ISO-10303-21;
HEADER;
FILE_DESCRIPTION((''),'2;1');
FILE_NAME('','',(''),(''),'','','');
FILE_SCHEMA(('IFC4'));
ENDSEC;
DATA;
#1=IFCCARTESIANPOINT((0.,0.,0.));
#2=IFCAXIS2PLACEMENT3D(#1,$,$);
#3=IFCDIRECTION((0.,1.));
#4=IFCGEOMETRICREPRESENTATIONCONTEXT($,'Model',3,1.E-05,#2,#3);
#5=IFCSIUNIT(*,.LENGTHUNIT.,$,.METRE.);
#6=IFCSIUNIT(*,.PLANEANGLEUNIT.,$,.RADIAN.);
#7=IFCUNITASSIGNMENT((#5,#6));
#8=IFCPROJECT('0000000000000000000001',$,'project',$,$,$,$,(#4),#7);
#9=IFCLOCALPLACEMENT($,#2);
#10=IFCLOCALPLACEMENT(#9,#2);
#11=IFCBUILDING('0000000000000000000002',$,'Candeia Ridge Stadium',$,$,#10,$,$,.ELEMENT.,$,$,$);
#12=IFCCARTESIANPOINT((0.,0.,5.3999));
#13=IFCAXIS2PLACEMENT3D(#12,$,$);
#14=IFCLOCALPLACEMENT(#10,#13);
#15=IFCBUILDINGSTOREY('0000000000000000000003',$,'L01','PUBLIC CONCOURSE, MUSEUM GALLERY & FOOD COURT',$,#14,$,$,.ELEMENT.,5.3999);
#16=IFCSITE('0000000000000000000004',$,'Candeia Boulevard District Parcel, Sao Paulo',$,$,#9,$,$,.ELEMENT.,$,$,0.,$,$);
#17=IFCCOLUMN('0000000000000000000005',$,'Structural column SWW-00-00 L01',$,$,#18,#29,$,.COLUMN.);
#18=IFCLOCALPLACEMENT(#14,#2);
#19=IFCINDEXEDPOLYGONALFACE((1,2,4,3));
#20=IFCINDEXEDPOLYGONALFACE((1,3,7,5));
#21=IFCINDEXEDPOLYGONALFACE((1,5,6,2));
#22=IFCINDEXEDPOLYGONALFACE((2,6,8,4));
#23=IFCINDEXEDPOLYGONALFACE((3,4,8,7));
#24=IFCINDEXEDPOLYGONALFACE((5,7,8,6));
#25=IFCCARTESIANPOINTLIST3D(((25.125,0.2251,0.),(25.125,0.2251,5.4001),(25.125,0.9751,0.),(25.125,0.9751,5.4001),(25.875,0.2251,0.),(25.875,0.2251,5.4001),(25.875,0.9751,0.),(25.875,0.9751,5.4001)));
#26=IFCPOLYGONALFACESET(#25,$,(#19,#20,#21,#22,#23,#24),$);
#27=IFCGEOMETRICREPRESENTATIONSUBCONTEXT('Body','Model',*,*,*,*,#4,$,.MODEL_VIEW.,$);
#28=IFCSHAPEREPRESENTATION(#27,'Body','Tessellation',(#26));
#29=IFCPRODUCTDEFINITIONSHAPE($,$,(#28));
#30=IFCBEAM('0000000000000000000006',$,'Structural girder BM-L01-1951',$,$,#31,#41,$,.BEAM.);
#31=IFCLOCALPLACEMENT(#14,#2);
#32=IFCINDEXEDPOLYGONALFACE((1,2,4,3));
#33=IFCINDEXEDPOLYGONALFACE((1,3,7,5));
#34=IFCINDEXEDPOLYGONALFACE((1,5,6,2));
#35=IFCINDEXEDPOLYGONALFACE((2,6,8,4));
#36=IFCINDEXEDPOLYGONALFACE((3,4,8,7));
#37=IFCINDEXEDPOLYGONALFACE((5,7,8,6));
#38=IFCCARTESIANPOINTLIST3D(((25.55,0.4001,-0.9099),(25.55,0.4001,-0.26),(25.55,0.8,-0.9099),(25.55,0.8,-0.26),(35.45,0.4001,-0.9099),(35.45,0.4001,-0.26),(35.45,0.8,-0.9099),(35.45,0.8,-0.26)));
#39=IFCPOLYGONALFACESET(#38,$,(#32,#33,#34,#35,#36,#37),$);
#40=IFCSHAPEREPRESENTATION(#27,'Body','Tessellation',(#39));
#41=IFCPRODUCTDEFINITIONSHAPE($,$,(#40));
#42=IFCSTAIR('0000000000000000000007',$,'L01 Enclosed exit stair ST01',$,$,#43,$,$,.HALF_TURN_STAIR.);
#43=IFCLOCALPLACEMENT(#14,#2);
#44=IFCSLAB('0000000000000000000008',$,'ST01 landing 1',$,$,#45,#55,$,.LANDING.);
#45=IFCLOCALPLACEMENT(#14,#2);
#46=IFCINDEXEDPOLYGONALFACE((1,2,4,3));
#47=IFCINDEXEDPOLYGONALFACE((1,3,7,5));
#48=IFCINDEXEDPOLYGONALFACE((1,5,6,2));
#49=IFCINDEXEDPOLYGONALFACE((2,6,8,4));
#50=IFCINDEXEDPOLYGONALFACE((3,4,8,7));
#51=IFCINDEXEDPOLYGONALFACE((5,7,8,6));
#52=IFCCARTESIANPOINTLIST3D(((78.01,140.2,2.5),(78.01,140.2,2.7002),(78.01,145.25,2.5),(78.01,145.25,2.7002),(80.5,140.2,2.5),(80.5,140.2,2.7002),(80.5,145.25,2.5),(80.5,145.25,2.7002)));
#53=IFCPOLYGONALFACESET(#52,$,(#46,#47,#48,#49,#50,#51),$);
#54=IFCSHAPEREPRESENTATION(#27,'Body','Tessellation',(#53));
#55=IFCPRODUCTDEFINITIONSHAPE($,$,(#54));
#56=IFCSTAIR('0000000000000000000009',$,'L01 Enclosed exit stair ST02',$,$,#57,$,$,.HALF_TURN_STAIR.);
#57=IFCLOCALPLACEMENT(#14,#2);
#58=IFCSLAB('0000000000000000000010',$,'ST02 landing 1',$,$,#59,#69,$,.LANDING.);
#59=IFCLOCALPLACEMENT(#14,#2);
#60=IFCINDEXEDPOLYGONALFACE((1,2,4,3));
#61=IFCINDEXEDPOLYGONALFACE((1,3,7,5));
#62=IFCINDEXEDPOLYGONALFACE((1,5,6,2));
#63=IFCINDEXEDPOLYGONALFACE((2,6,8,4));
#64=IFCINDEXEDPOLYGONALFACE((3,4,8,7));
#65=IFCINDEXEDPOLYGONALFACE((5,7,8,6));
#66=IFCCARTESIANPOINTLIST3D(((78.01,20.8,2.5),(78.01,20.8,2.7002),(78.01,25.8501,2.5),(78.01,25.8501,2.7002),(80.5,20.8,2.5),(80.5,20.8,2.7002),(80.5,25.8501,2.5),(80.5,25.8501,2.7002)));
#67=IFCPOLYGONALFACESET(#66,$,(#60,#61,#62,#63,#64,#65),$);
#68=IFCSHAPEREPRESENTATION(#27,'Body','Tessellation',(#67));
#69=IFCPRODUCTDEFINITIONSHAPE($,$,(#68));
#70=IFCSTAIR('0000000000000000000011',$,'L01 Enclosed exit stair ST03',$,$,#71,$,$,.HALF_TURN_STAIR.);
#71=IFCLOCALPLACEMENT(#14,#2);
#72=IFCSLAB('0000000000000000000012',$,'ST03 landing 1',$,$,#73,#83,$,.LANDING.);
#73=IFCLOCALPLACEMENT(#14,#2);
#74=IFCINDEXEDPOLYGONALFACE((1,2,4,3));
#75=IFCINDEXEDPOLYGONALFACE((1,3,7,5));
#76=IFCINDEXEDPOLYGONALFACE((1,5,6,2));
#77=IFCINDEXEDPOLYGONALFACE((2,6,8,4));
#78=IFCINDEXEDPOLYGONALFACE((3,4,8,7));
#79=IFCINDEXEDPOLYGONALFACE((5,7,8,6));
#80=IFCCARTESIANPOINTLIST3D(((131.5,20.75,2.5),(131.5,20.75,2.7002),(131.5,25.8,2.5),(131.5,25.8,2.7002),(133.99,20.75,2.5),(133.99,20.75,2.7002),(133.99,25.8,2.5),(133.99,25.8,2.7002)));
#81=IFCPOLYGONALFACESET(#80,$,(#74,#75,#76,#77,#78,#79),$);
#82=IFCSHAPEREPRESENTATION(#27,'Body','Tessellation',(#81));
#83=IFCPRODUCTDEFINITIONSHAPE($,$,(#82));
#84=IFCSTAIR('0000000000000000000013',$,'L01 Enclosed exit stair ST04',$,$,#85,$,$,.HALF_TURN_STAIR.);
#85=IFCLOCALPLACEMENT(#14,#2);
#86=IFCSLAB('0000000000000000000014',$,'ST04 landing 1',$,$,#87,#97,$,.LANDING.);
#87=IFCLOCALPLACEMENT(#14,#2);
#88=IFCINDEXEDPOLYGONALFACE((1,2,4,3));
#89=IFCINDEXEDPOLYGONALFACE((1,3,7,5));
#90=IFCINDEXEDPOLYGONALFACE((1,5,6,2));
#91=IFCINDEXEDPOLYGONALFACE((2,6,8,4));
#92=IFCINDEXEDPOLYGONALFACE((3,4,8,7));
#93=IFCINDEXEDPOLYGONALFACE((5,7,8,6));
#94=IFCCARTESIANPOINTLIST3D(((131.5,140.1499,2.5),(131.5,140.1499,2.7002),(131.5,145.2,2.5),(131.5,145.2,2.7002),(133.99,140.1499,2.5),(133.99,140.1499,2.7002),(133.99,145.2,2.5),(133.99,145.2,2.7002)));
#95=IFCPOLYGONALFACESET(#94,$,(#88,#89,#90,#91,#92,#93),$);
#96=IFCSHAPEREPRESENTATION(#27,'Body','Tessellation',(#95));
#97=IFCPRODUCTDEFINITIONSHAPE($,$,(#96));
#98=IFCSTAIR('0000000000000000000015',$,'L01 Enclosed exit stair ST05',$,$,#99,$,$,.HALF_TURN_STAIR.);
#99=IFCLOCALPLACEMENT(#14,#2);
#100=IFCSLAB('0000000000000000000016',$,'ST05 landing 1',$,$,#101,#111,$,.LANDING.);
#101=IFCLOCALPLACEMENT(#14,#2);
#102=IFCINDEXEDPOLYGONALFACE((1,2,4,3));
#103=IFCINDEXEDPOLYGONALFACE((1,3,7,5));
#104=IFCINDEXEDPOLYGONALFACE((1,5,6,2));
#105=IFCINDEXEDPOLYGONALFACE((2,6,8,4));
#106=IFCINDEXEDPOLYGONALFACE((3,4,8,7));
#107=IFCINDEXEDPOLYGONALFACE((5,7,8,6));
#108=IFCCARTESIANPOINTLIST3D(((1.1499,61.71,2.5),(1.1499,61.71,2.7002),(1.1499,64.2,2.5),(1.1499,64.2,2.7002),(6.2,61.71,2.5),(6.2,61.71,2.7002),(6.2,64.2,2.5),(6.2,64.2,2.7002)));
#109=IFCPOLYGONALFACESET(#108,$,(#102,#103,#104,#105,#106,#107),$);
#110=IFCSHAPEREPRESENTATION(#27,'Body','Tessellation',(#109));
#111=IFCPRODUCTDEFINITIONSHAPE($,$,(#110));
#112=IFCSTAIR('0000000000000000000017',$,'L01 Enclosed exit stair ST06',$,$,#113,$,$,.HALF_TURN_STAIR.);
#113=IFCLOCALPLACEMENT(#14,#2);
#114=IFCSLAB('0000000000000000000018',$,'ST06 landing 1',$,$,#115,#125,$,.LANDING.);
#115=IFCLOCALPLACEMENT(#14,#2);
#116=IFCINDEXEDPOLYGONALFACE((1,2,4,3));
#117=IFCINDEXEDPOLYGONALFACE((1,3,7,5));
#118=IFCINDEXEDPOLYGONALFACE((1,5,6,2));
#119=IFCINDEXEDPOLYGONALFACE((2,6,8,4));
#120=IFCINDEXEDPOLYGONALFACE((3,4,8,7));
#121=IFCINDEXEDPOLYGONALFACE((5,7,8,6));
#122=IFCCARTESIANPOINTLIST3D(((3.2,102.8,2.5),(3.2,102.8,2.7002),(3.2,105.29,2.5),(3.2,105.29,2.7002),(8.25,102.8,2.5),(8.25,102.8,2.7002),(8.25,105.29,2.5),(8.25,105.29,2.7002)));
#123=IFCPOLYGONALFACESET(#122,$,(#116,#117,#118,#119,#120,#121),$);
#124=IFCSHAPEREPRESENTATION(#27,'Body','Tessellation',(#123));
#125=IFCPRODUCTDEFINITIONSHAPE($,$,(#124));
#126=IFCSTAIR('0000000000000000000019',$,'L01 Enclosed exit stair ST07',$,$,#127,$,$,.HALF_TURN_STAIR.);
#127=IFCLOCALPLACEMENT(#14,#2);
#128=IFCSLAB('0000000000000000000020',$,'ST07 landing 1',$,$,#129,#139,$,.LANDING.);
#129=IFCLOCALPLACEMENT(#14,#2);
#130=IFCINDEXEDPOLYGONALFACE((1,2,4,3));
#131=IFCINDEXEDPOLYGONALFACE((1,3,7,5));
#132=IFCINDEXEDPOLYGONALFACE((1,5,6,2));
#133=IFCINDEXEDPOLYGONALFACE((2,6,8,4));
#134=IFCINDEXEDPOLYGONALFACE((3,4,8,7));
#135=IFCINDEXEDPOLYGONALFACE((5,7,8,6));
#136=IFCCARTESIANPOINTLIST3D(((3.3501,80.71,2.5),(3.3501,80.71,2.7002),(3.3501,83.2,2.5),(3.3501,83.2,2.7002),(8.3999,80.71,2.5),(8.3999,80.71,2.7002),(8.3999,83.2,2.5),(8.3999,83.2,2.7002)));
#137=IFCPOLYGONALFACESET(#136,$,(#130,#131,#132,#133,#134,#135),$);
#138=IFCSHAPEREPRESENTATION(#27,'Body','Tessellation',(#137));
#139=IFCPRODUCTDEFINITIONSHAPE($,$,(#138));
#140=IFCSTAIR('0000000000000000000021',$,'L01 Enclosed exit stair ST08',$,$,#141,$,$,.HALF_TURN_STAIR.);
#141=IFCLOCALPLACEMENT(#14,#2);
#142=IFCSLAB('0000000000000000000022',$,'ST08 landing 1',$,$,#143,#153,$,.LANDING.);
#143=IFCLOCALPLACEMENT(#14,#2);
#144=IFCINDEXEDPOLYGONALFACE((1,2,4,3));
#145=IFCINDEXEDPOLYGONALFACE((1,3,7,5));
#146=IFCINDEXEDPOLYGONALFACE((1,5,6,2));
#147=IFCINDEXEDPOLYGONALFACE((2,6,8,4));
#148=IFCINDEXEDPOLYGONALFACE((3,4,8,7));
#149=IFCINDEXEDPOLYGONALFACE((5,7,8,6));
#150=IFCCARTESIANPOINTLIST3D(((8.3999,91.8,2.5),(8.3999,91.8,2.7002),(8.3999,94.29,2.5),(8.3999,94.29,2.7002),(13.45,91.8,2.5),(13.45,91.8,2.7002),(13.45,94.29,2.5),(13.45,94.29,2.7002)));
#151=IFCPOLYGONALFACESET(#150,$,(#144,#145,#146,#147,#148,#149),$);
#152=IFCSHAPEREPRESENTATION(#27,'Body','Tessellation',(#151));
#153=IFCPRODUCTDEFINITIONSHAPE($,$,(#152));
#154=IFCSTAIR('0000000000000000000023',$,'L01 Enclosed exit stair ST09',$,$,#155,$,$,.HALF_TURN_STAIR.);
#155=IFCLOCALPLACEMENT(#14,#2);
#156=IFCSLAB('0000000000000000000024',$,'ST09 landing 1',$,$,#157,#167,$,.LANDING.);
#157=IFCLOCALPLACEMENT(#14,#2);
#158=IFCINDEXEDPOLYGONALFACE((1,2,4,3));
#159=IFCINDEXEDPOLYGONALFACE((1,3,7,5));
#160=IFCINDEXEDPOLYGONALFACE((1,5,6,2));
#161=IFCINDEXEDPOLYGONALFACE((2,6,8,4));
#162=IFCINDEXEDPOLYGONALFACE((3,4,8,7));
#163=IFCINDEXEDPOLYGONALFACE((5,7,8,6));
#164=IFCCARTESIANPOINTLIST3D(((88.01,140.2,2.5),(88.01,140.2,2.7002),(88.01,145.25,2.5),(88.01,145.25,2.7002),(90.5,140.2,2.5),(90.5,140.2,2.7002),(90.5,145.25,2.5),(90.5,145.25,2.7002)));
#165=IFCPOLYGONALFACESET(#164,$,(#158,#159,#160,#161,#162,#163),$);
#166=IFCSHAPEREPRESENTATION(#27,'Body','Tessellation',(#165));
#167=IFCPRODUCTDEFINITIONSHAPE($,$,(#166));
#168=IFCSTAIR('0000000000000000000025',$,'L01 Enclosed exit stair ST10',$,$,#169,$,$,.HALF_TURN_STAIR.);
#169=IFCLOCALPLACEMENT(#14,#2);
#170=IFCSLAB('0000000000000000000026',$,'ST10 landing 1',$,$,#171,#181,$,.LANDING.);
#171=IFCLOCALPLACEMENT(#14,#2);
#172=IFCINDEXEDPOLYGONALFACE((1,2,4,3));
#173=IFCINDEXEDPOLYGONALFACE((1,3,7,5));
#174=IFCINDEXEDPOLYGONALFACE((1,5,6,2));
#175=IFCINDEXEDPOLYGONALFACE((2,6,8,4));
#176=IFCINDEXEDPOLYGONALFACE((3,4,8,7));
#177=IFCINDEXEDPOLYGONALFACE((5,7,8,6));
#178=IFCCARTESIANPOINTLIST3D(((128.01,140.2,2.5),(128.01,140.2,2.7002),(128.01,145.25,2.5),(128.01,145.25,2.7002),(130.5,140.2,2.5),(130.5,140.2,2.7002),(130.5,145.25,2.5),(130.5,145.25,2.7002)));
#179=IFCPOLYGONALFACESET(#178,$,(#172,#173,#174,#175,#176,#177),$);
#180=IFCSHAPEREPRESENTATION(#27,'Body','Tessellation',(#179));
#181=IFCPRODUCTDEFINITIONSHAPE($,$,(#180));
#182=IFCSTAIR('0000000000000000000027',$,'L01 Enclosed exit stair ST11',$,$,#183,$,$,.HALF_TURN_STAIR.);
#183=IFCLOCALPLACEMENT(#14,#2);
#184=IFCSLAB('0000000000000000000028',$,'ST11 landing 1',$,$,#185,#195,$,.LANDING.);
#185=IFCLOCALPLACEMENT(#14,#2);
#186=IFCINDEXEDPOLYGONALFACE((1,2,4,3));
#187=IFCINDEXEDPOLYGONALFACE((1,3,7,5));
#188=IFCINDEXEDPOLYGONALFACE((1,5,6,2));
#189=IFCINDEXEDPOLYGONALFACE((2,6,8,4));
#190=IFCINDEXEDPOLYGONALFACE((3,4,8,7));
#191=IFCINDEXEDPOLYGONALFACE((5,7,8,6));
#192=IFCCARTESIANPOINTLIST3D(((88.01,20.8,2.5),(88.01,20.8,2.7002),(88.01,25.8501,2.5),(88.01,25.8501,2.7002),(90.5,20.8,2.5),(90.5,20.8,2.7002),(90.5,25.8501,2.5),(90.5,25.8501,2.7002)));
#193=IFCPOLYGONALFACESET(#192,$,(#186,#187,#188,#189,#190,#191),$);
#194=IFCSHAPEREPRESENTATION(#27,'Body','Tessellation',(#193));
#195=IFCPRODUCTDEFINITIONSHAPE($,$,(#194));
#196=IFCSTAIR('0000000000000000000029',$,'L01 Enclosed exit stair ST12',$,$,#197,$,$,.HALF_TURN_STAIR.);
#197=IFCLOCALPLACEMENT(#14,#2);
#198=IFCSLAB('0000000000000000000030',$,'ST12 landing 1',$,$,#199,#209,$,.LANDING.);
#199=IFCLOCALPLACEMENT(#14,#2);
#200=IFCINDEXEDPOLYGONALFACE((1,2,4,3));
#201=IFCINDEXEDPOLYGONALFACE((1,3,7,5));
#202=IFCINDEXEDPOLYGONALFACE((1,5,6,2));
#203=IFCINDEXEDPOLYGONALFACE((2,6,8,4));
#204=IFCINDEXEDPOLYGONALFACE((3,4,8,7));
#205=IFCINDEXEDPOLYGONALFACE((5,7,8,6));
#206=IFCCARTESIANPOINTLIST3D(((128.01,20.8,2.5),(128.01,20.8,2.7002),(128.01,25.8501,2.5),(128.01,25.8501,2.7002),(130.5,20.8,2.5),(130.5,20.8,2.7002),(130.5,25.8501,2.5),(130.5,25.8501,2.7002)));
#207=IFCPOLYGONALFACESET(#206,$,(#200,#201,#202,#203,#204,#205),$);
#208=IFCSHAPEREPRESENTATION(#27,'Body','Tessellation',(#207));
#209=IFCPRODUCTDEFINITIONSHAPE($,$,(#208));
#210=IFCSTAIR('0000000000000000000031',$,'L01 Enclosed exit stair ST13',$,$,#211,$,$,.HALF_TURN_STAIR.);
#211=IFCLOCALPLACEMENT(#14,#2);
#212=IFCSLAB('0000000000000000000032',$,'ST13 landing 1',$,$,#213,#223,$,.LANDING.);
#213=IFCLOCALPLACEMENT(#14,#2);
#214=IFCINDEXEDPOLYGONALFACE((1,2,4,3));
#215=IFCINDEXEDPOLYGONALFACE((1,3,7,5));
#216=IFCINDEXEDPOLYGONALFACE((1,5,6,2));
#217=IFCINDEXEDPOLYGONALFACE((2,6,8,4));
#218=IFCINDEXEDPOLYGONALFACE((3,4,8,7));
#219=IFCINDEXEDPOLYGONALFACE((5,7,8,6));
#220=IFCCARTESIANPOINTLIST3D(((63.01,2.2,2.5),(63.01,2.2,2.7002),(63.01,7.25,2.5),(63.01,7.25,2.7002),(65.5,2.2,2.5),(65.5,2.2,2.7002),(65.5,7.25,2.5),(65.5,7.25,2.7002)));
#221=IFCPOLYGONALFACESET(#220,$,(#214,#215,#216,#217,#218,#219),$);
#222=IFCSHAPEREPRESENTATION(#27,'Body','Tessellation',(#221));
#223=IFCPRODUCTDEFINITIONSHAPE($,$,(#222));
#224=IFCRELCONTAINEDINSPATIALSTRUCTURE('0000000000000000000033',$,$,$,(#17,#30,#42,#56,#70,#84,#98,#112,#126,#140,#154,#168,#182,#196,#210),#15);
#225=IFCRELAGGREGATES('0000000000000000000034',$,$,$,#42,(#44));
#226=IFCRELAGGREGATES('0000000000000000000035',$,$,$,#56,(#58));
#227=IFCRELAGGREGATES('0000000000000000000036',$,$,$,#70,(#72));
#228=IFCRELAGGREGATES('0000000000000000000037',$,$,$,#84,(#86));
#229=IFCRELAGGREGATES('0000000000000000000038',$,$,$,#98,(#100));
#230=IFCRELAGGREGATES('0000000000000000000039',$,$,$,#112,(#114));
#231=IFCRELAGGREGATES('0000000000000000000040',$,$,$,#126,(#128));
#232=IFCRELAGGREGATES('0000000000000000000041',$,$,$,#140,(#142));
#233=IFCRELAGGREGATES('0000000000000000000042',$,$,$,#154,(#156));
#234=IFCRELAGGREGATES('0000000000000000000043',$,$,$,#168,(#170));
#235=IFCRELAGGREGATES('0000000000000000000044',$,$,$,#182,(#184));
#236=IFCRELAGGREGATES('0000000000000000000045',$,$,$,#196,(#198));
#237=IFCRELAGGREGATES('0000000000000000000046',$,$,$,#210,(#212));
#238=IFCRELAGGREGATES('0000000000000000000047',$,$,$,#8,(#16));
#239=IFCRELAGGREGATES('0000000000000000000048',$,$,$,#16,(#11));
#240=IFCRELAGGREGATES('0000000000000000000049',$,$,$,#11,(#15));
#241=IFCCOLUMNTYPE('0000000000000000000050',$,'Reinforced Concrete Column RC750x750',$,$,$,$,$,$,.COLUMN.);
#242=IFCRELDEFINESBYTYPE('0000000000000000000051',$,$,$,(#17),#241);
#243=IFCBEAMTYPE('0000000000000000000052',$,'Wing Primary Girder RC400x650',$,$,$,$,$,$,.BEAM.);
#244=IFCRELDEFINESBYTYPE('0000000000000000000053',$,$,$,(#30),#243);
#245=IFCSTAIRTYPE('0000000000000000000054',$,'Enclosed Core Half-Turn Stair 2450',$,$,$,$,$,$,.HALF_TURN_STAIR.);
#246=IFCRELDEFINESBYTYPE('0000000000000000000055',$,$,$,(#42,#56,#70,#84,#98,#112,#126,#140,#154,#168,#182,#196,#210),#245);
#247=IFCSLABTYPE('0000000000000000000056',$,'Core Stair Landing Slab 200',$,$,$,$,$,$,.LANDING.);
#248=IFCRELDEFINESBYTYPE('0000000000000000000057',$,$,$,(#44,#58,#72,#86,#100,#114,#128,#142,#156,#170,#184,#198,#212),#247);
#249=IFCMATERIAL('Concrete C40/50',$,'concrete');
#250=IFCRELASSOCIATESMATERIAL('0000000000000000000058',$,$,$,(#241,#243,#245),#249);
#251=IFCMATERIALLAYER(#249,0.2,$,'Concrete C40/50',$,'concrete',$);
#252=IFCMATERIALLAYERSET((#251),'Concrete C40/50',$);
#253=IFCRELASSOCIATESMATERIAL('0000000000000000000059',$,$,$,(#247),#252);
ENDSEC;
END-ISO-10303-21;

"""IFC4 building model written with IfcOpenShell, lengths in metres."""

from ifc_helpers import new_model, si_unit, direction, frame, origin, origin_2d, place, context, subcontext, project, spatial, polyline, rectangle, outline, extrude, material, layer, layer_set, material_profile, profile_set, type_object, element, aggregate, save


model = new_model("IFC4")

# Units and contexts
model_context = context("Model", 3, precision=1e-05, world=origin(), true_north=direction((0.0, 1.0)))
body_context = subcontext(model_context, "Body", "Model", "MODEL_VIEW")
ifc_project = project(units=[si_unit("LENGTHUNIT", "METRE"), si_unit("PLANEANGLEUNIT", "RADIAN")], contexts=[model_context])

# Site, building, storey
site_placement = place(None, origin())
site = spatial("IfcSite", under=ifc_project, at=site_placement, Name="Candeia Boulevard District Parcel, Sao Paulo", CompositionType="ELEMENT", RefElevation=0.0)
building_placement = place(site_placement, origin())
building = spatial("IfcBuilding", under=site, at=building_placement, Name="Candeia Ridge Stadium", CompositionType="ELEMENT")
storey_placement = place(building_placement, frame((0.0, 0.0, 5.3999)))
storey = spatial("IfcBuildingStorey", under=building, at=storey_placement, Name="L01", Description="PUBLIC CONCOURSE, MUSEUM GALLERY & FOOD COURT", CompositionType="ELEMENT", Elevation=5.3999)

# Column
ifc_material_1 = material(Name="Concrete C40/50", Category="concrete")
ifc_material_profile_1 = material_profile(ifc_material_1, rectangle(XDim=0.75, YDim=0.75, at=origin_2d()), Name="RC750x750", Category="concrete")
ifc_profile_set_1 = profile_set([ifc_material_profile_1], Name="Concrete C40/50")
column_type = type_object("IfcColumnType", Name="Reinforced Concrete Column RC750x750", PredefinedType="COLUMN", material=ifc_profile_set_1)
column_placement = place(storey_placement, frame((25.5, 0.6001, 0.0), z_axis=(0.0, 0.0, 1.0), x_axis=(1.0, 0.0, 0.0)))
element("IfcColumn", 1, at=column_placement, inside=storey, type_object=column_type, Name="Structural column SWW-00-00 L01", PredefinedType="COLUMN", context=body_context, shape_type="SweptSolid", body=[
    extrude(rectangle(XDim=0.75, YDim=0.75, at=origin_2d()), origin(), (0.0, 0.0, 1.0), 5.4001),
])

# Beam
ifc_material_profile_2 = material_profile(ifc_material_1, rectangle(XDim=0.3999, YDim=0.6499, at=origin_2d()), Name="RC400x650", Category="concrete")
ifc_profile_set_2 = profile_set([ifc_material_profile_2], Name="Concrete C40/50")
beam_type = type_object("IfcBeamType", Name="Wing Primary Girder RC400x650", PredefinedType="BEAM", material=ifc_profile_set_2)
beam_placement = place(storey_placement, frame((25.55, 0.6001, -0.585), z_axis=(1.0, 0.0, 0.0), x_axis=(0.0, 1.0, 0.0)))
element("IfcBeam", 2, at=beam_placement, inside=storey, type_object=beam_type, Name="Structural girder BM-L01-1951", PredefinedType="BEAM", context=body_context, shape_type="SweptSolid", body=[
    extrude(rectangle(XDim=0.3999, YDim=0.6499, at=origin_2d()), origin(), (0.0, 0.0, 1.0), 9.8999),
])

# Stairs, slabs
stair_type_1 = type_object("IfcStairType", Name="Enclosed Core Half-Turn Stair 2450", PredefinedType="HALF_TURN_STAIR", material=ifc_material_1)
stair_1_placement = place(storey_placement, origin())
stair_1 = element("IfcStair", 3, at=stair_1_placement, inside=storey, type_object=stair_type_1, Name="L01 Enclosed exit stair ST01", PredefinedType="HALF_TURN_STAIR")
ifc_layer_1 = layer(ifc_material_1, 0.2, Name="Concrete C40/50", Category="concrete")
ifc_layer_set_1 = layer_set([ifc_layer_1], Name="Concrete C40/50")
slab_type = type_object("IfcSlabType", Name="Core Stair Landing Slab 200", PredefinedType="LANDING", material=ifc_layer_set_1)
slab_1_placement = place(storey_placement, frame((0.0, 0.0, 2.5)))
slab_1 = element("IfcSlab", 4, at=slab_1_placement, type_object=slab_type, Name="ST01 landing 1", PredefinedType="LANDING", context=body_context, shape_type="SweptSolid", body=[
    extrude(outline(polyline([(78.01, 140.2), (80.5, 140.2), (80.5, 145.25), (78.01, 145.25), (78.01, 140.2)])), origin(), (0.0, 0.0, 1.0), 0.2002),
])
aggregate(stair_1, [slab_1])
stair_2_placement = place(storey_placement, origin())
stair_2 = element("IfcStair", 5, at=stair_2_placement, inside=storey, type_object=stair_type_1, Name="L01 Enclosed exit stair ST02", PredefinedType="HALF_TURN_STAIR")
slab_2_placement = place(storey_placement, frame((0.0, 0.0, 2.5)))
slab_2 = element("IfcSlab", 6, at=slab_2_placement, type_object=slab_type, Name="ST02 landing 1", PredefinedType="LANDING", context=body_context, shape_type="SweptSolid", body=[
    extrude(outline(polyline([(78.01, 20.8), (80.5, 20.8), (80.5, 25.8501), (78.01, 25.8501), (78.01, 20.8)])), origin(), (0.0, 0.0, 1.0), 0.2002),
])
aggregate(stair_2, [slab_2])
stair_3_placement = place(storey_placement, origin())
stair_3 = element("IfcStair", 7, at=stair_3_placement, inside=storey, type_object=stair_type_1, Name="L01 Enclosed exit stair ST03", PredefinedType="HALF_TURN_STAIR")
slab_3_placement = place(storey_placement, frame((0.0, 0.0, 2.5)))
slab_3 = element("IfcSlab", 8, at=slab_3_placement, type_object=slab_type, Name="ST03 landing 1", PredefinedType="LANDING", context=body_context, shape_type="SweptSolid", body=[
    extrude(outline(polyline([(133.99, 25.8), (131.5, 25.8), (131.5, 20.75), (133.99, 20.75), (133.99, 25.8)])), origin(), (0.0, 0.0, 1.0), 0.2002),
])
aggregate(stair_3, [slab_3])
stair_4_placement = place(storey_placement, origin())
stair_4 = element("IfcStair", 9, at=stair_4_placement, inside=storey, type_object=stair_type_1, Name="L01 Enclosed exit stair ST04", PredefinedType="HALF_TURN_STAIR")
slab_4_placement = place(storey_placement, frame((0.0, 0.0, 2.5)))
slab_4 = element("IfcSlab", 10, at=slab_4_placement, type_object=slab_type, Name="ST04 landing 1", PredefinedType="LANDING", context=body_context, shape_type="SweptSolid", body=[
    extrude(outline(polyline([(133.99, 145.2), (131.5, 145.2), (131.5, 140.1499), (133.99, 140.1499), (133.99, 145.2)])), origin(), (0.0, 0.0, 1.0), 0.2002),
])
aggregate(stair_4, [slab_4])
stair_5_placement = place(storey_placement, origin())
stair_5 = element("IfcStair", 11, at=stair_5_placement, inside=storey, type_object=stair_type_1, Name="L01 Enclosed exit stair ST05", PredefinedType="HALF_TURN_STAIR")
slab_5_placement = place(storey_placement, frame((0.0, 0.0, 2.5)))
slab_5 = element("IfcSlab", 12, at=slab_5_placement, type_object=slab_type, Name="ST05 landing 1", PredefinedType="LANDING", context=body_context, shape_type="SweptSolid", body=[
    extrude(outline(polyline([(6.2, 61.71), (6.2, 64.2), (1.1499, 64.2), (1.1499, 61.71), (6.2, 61.71)])), origin(), (0.0, 0.0, 1.0), 0.2002),
])
aggregate(stair_5, [slab_5])
stair_6_placement = place(storey_placement, origin())
stair_6 = element("IfcStair", 13, at=stair_6_placement, inside=storey, type_object=stair_type_1, Name="L01 Enclosed exit stair ST06", PredefinedType="HALF_TURN_STAIR")
slab_6_placement = place(storey_placement, frame((0.0, 0.0, 2.5)))
slab_6 = element("IfcSlab", 14, at=slab_6_placement, type_object=slab_type, Name="ST06 landing 1", PredefinedType="LANDING", context=body_context, shape_type="SweptSolid", body=[
    extrude(outline(polyline([(3.2, 105.29), (3.2, 102.8), (8.25, 102.8), (8.25, 105.29), (3.2, 105.29)])), origin(), (0.0, 0.0, 1.0), 0.2002),
])
aggregate(stair_6, [slab_6])
stair_7_placement = place(storey_placement, origin())
stair_7 = element("IfcStair", 15, at=stair_7_placement, inside=storey, type_object=stair_type_1, Name="L01 Enclosed exit stair ST07", PredefinedType="HALF_TURN_STAIR")
slab_7_placement = place(storey_placement, frame((0.0, 0.0, 2.5)))
slab_7 = element("IfcSlab", 16, at=slab_7_placement, type_object=slab_type, Name="ST07 landing 1", PredefinedType="LANDING", context=body_context, shape_type="SweptSolid", body=[
    extrude(outline(polyline([(8.3999, 80.71), (8.3999, 83.2), (3.3501, 83.2), (3.3501, 80.71), (8.3999, 80.71)])), origin(), (0.0, 0.0, 1.0), 0.2002),
])
aggregate(stair_7, [slab_7])
stair_8_placement = place(storey_placement, origin())
stair_8 = element("IfcStair", 17, at=stair_8_placement, inside=storey, type_object=stair_type_1, Name="L01 Enclosed exit stair ST08", PredefinedType="HALF_TURN_STAIR")
slab_8_placement = place(storey_placement, frame((0.0, 0.0, 2.5)))
slab_8 = element("IfcSlab", 18, at=slab_8_placement, type_object=slab_type, Name="ST08 landing 1", PredefinedType="LANDING", context=body_context, shape_type="SweptSolid", body=[
    extrude(outline(polyline([(8.3999, 94.29), (8.3999, 91.8), (13.45, 91.8), (13.45, 94.29), (8.3999, 94.29)])), origin(), (0.0, 0.0, 1.0), 0.2002),
])
aggregate(stair_8, [slab_8])
stair_9_placement = place(storey_placement, origin())
stair_9 = element("IfcStair", 19, at=stair_9_placement, inside=storey, type_object=stair_type_1, Name="L01 Enclosed exit stair ST09", PredefinedType="HALF_TURN_STAIR")
slab_9_placement = place(storey_placement, frame((0.0, 0.0, 2.5)))
slab_9 = element("IfcSlab", 20, at=slab_9_placement, type_object=slab_type, Name="ST09 landing 1", PredefinedType="LANDING", context=body_context, shape_type="SweptSolid", body=[
    extrude(outline(polyline([(88.01, 140.2), (90.5, 140.2), (90.5, 145.25), (88.01, 145.25), (88.01, 140.2)])), origin(), (0.0, 0.0, 1.0), 0.2002),
])
aggregate(stair_9, [slab_9])
stair_10_placement = place(storey_placement, origin())
stair_10 = element("IfcStair", 21, at=stair_10_placement, inside=storey, type_object=stair_type_1, Name="L01 Enclosed exit stair ST10", PredefinedType="HALF_TURN_STAIR")
slab_10_placement = place(storey_placement, frame((0.0, 0.0, 2.5)))
slab_10 = element("IfcSlab", 22, at=slab_10_placement, type_object=slab_type, Name="ST10 landing 1", PredefinedType="LANDING", context=body_context, shape_type="SweptSolid", body=[
    extrude(outline(polyline([(128.01, 140.2), (130.5, 140.2), (130.5, 145.25), (128.01, 145.25), (128.01, 140.2)])), origin(), (0.0, 0.0, 1.0), 0.2002),
])
aggregate(stair_10, [slab_10])
stair_11_placement = place(storey_placement, origin())
stair_11 = element("IfcStair", 23, at=stair_11_placement, inside=storey, type_object=stair_type_1, Name="L01 Enclosed exit stair ST11", PredefinedType="HALF_TURN_STAIR")
slab_11_placement = place(storey_placement, frame((0.0, 0.0, 2.5)))
slab_11 = element("IfcSlab", 24, at=slab_11_placement, type_object=slab_type, Name="ST11 landing 1", PredefinedType="LANDING", context=body_context, shape_type="SweptSolid", body=[
    extrude(outline(polyline([(88.01, 20.8), (90.5, 20.8), (90.5, 25.8501), (88.01, 25.8501), (88.01, 20.8)])), origin(), (0.0, 0.0, 1.0), 0.2002),
])
aggregate(stair_11, [slab_11])
stair_12_placement = place(storey_placement, origin())
stair_12 = element("IfcStair", 25, at=stair_12_placement, inside=storey, type_object=stair_type_1, Name="L01 Enclosed exit stair ST12", PredefinedType="HALF_TURN_STAIR")
slab_12_placement = place(storey_placement, frame((0.0, 0.0, 2.5)))
slab_12 = element("IfcSlab", 26, at=slab_12_placement, type_object=slab_type, Name="ST12 landing 1", PredefinedType="LANDING", context=body_context, shape_type="SweptSolid", body=[
    extrude(outline(polyline([(128.01, 20.8), (130.5, 20.8), (130.5, 25.8501), (128.01, 25.8501), (128.01, 20.8)])), origin(), (0.0, 0.0, 1.0), 0.2002),
])
aggregate(stair_12, [slab_12])
stair_13_placement = place(storey_placement, origin())
stair_13 = element("IfcStair", 27, at=stair_13_placement, inside=storey, type_object=stair_type_1, Name="L01 Enclosed exit stair ST13", PredefinedType="HALF_TURN_STAIR")
slab_13_placement = place(storey_placement, frame((0.0, 0.0, 2.5)))
slab_13 = element("IfcSlab", 28, at=slab_13_placement, type_object=slab_type, Name="ST13 landing 1", PredefinedType="LANDING", context=body_context, shape_type="SweptSolid", body=[
    extrude(outline(polyline([(63.01, 2.2), (65.5, 2.2), (65.5, 7.25), (63.01, 7.25), (63.01, 2.2)])), origin(), (0.0, 0.0, 1.0), 0.2002),
])
aggregate(stair_13, [slab_13])

save(model, "model.ifc")
